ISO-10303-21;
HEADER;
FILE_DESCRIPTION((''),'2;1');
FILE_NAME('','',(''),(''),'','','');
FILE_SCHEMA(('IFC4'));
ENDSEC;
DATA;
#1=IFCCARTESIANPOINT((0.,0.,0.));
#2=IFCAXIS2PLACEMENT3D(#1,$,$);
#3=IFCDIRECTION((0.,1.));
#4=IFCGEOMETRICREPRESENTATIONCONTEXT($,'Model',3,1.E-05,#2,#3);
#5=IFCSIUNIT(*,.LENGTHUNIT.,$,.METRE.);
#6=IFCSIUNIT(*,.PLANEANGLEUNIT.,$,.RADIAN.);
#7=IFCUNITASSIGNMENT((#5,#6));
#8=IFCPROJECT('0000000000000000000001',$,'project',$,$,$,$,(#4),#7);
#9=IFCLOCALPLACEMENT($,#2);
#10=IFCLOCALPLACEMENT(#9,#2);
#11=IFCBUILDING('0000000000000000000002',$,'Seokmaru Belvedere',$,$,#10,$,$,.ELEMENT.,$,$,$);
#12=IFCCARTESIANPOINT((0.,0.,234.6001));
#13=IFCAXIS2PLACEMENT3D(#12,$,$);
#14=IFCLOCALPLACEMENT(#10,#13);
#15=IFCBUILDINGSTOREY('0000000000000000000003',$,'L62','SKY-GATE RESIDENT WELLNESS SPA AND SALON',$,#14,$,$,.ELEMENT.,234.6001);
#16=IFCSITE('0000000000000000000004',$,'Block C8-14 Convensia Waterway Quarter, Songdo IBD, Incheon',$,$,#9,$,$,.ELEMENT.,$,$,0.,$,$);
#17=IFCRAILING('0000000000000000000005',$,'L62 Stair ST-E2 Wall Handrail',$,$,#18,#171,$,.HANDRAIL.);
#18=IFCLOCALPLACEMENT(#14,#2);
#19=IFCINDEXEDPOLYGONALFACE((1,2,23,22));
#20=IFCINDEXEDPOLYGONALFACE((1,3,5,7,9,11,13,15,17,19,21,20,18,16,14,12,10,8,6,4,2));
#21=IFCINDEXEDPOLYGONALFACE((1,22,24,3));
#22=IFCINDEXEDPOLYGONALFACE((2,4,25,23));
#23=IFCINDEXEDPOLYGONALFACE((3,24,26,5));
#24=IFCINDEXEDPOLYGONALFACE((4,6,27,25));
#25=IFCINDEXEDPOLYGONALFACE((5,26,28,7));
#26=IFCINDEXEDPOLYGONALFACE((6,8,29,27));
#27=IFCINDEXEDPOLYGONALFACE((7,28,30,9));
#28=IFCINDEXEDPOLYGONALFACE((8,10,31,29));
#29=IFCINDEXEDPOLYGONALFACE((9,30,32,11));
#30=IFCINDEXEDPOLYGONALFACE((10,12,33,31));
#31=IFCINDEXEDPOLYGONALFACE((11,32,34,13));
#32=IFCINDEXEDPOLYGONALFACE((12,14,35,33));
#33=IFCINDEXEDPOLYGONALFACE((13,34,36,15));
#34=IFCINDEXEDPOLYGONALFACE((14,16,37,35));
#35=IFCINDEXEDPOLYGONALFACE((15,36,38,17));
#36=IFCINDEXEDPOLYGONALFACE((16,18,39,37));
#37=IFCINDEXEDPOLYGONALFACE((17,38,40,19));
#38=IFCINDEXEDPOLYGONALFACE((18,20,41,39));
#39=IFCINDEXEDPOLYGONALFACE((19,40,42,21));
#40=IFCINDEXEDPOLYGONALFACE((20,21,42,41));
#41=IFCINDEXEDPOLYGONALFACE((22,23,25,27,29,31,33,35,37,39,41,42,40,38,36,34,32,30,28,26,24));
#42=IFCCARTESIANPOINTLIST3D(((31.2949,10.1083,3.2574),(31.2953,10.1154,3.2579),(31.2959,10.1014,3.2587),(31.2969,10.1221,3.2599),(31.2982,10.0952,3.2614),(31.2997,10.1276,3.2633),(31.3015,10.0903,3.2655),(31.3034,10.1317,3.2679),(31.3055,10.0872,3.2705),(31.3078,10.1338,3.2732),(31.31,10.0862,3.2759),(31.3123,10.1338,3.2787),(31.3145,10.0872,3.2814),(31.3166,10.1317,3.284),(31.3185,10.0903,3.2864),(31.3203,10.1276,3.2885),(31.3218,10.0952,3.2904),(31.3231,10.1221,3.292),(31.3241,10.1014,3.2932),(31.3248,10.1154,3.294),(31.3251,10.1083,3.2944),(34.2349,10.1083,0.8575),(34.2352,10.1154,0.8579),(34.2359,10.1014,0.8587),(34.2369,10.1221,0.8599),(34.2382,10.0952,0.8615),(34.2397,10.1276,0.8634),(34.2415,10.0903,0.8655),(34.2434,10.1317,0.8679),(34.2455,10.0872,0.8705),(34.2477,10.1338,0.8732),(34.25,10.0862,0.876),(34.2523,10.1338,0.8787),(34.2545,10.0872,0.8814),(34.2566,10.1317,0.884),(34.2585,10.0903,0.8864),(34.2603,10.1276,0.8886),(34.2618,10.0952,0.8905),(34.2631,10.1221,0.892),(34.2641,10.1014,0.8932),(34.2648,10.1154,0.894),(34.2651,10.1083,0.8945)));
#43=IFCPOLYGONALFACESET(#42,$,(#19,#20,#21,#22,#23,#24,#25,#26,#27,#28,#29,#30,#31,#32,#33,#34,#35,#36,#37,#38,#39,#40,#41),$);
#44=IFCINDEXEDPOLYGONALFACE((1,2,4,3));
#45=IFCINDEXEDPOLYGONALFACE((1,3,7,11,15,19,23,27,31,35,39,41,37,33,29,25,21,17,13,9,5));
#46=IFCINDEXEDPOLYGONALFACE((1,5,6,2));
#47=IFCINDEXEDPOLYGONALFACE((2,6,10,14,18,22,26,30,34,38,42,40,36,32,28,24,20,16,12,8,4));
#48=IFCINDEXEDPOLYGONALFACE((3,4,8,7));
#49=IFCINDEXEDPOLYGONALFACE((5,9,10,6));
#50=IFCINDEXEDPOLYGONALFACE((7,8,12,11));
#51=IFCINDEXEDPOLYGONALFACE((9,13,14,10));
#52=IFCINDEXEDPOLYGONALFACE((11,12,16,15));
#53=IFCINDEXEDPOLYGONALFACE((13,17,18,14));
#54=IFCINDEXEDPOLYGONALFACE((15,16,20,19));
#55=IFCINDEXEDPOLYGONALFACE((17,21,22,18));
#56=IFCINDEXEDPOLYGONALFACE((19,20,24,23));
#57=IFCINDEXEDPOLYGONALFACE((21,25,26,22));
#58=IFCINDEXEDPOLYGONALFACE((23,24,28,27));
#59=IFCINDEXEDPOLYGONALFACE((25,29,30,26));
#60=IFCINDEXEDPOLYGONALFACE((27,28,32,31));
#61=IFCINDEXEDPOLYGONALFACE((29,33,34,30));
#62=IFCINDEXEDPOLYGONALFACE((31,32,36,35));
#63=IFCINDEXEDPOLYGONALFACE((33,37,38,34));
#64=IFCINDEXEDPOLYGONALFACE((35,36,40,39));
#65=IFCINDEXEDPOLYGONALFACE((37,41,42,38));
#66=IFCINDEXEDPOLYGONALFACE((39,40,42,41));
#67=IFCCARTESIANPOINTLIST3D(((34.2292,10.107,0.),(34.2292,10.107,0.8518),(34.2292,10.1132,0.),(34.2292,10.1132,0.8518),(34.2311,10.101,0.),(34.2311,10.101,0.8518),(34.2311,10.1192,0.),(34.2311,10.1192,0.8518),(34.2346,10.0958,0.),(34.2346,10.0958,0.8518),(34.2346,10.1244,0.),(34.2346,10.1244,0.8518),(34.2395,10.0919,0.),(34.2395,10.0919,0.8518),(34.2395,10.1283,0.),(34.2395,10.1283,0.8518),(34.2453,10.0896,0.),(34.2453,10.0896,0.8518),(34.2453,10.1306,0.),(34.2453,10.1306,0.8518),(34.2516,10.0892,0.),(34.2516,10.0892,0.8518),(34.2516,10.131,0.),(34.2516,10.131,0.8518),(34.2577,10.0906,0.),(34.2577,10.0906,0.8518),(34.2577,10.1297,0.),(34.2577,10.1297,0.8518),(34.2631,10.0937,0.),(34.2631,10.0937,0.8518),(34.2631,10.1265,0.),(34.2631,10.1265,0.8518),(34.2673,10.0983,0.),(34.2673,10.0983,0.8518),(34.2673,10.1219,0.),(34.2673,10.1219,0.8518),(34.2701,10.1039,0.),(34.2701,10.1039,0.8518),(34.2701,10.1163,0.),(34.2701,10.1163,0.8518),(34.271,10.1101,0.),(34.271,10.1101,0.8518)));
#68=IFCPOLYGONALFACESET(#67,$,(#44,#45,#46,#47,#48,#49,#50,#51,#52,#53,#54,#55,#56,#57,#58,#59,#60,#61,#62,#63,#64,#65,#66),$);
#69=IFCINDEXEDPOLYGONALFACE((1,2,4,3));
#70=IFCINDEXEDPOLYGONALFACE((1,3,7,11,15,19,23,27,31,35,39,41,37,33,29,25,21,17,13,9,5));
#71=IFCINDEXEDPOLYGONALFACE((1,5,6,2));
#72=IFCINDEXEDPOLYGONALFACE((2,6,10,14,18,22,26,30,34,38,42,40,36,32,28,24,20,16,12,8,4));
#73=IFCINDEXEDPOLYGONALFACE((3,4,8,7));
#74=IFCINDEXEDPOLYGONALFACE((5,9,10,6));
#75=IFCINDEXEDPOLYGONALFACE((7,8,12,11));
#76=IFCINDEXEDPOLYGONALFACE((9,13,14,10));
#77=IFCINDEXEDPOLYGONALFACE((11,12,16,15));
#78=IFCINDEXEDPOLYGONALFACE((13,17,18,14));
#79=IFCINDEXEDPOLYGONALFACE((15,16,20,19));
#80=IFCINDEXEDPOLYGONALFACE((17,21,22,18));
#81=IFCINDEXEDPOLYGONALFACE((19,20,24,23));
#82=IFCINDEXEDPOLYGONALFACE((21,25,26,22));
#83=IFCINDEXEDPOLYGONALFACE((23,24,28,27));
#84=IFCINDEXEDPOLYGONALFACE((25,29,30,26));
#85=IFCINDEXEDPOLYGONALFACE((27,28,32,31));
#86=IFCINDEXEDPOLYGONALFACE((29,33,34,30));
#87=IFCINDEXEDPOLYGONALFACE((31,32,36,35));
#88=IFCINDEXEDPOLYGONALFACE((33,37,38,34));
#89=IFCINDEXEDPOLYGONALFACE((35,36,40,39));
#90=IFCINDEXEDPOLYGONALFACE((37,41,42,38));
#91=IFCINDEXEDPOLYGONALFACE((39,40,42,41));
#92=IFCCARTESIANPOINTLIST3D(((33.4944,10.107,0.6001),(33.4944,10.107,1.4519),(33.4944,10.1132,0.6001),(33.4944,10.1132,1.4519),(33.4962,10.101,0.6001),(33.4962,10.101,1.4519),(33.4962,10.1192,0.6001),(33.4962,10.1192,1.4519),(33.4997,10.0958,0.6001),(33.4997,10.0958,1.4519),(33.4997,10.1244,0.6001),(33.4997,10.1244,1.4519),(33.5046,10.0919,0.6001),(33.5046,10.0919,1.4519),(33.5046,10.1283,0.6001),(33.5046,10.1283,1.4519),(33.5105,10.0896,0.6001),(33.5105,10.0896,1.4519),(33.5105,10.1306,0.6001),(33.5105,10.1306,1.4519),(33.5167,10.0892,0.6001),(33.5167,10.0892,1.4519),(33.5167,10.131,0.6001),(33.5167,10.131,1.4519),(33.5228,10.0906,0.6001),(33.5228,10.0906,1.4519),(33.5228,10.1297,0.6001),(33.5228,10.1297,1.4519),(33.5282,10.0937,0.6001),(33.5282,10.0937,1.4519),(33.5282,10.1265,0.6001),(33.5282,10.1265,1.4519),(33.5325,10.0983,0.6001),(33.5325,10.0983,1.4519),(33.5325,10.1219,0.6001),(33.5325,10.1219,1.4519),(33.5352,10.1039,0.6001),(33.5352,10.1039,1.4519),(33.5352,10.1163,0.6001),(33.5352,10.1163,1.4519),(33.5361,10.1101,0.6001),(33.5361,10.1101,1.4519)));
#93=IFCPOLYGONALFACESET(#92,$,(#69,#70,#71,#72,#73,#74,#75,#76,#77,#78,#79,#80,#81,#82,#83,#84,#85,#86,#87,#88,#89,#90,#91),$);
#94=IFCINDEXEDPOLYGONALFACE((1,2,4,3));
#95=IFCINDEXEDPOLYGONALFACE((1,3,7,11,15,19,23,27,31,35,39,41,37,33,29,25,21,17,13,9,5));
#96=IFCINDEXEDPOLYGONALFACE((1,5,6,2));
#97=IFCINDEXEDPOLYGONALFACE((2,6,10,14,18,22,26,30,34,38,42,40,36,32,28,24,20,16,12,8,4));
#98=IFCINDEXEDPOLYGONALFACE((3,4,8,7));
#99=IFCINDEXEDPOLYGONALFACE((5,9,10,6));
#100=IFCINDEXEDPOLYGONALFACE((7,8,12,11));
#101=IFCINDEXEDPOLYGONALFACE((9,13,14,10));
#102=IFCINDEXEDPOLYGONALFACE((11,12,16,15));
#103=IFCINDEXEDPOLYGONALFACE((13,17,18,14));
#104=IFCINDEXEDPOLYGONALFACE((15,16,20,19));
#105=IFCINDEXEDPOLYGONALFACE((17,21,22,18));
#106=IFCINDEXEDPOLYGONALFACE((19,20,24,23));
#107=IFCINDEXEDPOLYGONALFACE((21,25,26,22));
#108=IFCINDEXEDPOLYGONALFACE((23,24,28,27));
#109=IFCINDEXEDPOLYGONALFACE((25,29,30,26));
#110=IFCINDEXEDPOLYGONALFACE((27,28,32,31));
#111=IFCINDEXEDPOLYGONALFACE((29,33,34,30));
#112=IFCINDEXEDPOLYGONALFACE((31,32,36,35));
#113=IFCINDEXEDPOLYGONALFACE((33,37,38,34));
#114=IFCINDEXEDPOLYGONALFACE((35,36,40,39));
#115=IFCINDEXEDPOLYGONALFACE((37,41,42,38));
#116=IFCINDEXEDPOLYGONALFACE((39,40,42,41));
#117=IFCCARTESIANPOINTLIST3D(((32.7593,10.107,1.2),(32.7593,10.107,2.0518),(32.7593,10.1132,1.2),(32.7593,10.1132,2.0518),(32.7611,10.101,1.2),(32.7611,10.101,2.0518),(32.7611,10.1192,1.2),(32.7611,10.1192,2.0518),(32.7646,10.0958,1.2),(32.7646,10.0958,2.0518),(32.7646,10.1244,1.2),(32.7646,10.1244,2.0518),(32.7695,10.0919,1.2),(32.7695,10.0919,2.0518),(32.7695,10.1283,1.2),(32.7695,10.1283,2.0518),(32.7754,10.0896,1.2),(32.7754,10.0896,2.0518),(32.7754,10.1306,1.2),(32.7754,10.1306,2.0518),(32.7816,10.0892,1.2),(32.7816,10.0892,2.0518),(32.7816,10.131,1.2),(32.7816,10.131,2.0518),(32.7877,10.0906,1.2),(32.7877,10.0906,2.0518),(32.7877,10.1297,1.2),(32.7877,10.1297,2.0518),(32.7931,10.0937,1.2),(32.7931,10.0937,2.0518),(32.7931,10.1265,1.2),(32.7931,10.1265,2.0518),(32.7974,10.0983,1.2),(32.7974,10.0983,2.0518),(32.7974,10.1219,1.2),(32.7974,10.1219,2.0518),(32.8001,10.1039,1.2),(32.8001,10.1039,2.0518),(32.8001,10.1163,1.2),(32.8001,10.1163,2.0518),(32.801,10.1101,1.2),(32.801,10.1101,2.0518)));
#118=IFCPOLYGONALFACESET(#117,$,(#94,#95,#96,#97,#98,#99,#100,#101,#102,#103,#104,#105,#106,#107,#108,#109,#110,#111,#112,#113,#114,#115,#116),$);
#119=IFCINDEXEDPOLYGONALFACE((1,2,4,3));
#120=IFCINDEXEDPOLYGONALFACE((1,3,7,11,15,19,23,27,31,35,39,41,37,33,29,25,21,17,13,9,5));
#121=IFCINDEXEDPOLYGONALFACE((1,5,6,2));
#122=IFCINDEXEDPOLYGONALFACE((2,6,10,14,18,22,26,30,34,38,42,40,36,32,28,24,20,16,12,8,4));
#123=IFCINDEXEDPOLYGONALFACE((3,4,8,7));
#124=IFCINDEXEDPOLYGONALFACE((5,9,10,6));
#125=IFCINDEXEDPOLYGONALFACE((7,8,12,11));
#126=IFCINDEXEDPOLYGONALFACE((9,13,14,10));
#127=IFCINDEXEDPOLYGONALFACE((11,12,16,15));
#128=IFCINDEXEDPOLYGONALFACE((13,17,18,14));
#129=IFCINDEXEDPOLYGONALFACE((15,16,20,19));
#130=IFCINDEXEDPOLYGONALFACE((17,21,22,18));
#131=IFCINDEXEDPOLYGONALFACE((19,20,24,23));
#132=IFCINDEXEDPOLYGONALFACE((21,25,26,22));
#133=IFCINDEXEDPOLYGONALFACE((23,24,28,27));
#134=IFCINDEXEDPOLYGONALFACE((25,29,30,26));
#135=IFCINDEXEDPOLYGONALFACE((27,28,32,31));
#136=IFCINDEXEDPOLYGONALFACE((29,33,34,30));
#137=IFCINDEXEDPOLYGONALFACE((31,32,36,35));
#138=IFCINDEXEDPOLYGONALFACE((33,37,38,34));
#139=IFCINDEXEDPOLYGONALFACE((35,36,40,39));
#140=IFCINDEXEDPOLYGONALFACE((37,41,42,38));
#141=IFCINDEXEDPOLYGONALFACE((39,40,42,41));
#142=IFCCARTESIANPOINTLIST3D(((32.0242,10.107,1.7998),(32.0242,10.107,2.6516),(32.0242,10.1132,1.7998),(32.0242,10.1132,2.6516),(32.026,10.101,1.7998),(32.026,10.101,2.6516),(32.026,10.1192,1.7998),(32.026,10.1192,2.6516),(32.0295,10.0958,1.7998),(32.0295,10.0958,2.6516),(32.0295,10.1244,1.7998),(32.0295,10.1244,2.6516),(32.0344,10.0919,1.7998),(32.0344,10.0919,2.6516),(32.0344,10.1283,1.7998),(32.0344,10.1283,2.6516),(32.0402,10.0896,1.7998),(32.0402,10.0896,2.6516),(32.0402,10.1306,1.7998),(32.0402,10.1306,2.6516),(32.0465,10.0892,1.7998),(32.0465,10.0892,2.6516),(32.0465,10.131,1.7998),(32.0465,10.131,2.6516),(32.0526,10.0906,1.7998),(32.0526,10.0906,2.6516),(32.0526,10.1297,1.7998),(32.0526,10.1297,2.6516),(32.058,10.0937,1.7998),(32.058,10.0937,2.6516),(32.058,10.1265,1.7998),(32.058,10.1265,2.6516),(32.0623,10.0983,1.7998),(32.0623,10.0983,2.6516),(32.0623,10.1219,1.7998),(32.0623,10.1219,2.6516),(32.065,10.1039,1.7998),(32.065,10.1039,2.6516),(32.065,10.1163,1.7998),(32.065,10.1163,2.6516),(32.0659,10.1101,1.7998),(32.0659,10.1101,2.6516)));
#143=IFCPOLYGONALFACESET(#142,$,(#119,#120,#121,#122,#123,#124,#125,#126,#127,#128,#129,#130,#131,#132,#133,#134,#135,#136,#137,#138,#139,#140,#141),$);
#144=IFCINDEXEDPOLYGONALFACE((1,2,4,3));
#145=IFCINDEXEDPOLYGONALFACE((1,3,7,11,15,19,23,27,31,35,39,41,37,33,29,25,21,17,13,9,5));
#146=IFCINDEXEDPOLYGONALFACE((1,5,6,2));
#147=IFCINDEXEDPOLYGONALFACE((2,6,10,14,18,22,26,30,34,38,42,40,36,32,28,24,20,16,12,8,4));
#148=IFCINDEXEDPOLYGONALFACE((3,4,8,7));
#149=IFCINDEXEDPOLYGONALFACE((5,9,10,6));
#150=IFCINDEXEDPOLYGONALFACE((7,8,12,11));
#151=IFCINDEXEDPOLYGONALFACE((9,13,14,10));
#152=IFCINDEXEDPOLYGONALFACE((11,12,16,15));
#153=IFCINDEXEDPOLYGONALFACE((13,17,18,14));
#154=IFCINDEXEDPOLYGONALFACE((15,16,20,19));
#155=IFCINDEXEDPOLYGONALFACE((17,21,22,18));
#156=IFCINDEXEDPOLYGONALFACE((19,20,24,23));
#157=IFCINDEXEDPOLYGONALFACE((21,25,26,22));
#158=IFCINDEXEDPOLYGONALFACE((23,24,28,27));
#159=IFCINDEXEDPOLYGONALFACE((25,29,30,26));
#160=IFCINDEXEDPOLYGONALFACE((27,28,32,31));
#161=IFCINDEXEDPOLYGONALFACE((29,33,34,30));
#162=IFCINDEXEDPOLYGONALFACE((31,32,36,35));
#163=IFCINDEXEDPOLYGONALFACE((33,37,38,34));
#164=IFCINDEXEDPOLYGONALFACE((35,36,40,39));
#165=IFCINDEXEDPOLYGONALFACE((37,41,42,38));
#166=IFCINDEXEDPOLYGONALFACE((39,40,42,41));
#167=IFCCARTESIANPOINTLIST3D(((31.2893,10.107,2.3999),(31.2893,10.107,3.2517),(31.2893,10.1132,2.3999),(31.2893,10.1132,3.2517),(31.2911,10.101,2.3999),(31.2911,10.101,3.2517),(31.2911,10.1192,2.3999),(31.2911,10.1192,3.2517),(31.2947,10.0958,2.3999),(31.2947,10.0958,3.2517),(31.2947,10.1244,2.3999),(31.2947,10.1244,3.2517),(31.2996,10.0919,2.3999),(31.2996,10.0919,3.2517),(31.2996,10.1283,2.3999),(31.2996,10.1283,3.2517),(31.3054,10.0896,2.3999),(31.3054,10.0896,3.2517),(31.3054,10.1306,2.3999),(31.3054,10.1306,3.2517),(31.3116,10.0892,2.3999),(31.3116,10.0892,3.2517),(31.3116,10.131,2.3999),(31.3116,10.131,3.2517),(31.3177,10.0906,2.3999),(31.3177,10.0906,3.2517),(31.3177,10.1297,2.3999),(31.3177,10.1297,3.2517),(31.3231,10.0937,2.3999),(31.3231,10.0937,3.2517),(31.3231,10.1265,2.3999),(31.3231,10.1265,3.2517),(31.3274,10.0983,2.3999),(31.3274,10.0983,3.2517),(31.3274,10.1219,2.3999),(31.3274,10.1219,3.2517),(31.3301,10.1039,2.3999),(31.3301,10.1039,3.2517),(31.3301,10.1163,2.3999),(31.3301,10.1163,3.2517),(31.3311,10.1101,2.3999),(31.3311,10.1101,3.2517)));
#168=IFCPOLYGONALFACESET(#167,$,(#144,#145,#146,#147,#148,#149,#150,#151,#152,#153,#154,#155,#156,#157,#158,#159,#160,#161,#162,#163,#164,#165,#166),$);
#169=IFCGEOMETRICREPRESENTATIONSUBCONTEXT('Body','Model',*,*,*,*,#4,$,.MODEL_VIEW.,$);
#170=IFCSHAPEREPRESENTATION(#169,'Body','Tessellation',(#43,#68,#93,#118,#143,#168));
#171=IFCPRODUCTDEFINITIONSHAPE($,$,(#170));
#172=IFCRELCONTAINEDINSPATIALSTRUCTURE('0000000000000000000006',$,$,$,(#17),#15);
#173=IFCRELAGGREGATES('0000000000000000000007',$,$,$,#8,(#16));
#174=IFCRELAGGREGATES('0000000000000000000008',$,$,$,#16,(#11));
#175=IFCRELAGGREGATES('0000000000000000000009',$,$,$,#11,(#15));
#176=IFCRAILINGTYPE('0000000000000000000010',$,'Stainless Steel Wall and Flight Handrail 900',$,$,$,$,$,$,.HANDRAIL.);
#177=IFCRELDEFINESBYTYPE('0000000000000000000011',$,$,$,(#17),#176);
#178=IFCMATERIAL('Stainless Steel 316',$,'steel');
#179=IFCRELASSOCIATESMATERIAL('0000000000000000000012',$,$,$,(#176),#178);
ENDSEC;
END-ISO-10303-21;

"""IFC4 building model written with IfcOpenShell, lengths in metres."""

from ifc_helpers import new_model, si_unit, direction, frame, origin, origin_2d, place, context, subcontext, project, spatial, circle, extrude, material, type_object, element, save


model = new_model("IFC4")

# Units and contexts
model_context = context("Model", 3, precision=1e-05, world=origin(), true_north=direction((0.0, 1.0)))
body_context = subcontext(model_context, "Body", "Model", "MODEL_VIEW")
ifc_project = project(units=[si_unit("LENGTHUNIT", "METRE"), si_unit("PLANEANGLEUNIT", "RADIAN")], contexts=[model_context])

# Site, building, storey
site_placement = place(None, origin())
site = spatial("IfcSite", under=ifc_project, at=site_placement, Name="Block C8-14 Convensia Waterway Quarter, Songdo IBD, Incheon", CompositionType="ELEMENT", RefElevation=0.0)
building_placement = place(site_placement, origin())
building = spatial("IfcBuilding", under=site, at=building_placement, Name="Seokmaru Belvedere", CompositionType="ELEMENT")
storey_placement = place(building_placement, frame((0.0, 0.0, 234.6001)))
storey = spatial("IfcBuildingStorey", under=building, at=storey_placement, Name="L62", Description="SKY-GATE RESIDENT WELLNESS SPA AND SALON", CompositionType="ELEMENT", Elevation=234.6001)

# Shared definitions
ifc_material_1 = material(Name="Stainless Steel 316", Category="steel")

# Railing
railing_type_1 = type_object("IfcRailingType", Name="Stainless Steel Wall and Flight Handrail 900", PredefinedType="HANDRAIL", material=ifc_material_1)
railing_1_placement = place(storey_placement, frame((34.25, 10.1101, 0.0)))
element("IfcRailing", 1, at=railing_1_placement, inside=storey, type_object=railing_type_1, Name="L62 Stair ST-E2 Wall Handrail", PredefinedType="HANDRAIL", context=body_context, shape_type="SweptSolid", body=[
    extrude(circle(Radius=0.0239, at=origin_2d()), frame((0.0, 0.0, 0.876), z_axis=(-0.774668, 0.0, 0.632369), x_axis=(0.0, -1.0, 0.0)), (0.0, 0.0, 1.0), 3.7952),
    extrude(circle(Radius=0.021, at=origin_2d()), origin(), (0.0, 0.0, 1.0), 0.8518),
    extrude(circle(Radius=0.021, at=origin_2d()), frame((-0.7349, 0.0, 0.6001)), (0.0, 0.0, 1.0), 0.8518),
    extrude(circle(Radius=0.021, at=origin_2d()), frame((-1.47, 0.0, 1.2)), (0.0, 0.0, 1.0), 0.8518),
    extrude(circle(Radius=0.021, at=origin_2d()), frame((-2.2051, 0.0, 1.7998)), (0.0, 0.0, 1.0), 0.8518),
    extrude(circle(Radius=0.021, at=origin_2d()), frame((-2.9399, 0.0, 2.3999)), (0.0, 0.0, 1.0), 0.8518),
])

save(model, "model.ifc")
